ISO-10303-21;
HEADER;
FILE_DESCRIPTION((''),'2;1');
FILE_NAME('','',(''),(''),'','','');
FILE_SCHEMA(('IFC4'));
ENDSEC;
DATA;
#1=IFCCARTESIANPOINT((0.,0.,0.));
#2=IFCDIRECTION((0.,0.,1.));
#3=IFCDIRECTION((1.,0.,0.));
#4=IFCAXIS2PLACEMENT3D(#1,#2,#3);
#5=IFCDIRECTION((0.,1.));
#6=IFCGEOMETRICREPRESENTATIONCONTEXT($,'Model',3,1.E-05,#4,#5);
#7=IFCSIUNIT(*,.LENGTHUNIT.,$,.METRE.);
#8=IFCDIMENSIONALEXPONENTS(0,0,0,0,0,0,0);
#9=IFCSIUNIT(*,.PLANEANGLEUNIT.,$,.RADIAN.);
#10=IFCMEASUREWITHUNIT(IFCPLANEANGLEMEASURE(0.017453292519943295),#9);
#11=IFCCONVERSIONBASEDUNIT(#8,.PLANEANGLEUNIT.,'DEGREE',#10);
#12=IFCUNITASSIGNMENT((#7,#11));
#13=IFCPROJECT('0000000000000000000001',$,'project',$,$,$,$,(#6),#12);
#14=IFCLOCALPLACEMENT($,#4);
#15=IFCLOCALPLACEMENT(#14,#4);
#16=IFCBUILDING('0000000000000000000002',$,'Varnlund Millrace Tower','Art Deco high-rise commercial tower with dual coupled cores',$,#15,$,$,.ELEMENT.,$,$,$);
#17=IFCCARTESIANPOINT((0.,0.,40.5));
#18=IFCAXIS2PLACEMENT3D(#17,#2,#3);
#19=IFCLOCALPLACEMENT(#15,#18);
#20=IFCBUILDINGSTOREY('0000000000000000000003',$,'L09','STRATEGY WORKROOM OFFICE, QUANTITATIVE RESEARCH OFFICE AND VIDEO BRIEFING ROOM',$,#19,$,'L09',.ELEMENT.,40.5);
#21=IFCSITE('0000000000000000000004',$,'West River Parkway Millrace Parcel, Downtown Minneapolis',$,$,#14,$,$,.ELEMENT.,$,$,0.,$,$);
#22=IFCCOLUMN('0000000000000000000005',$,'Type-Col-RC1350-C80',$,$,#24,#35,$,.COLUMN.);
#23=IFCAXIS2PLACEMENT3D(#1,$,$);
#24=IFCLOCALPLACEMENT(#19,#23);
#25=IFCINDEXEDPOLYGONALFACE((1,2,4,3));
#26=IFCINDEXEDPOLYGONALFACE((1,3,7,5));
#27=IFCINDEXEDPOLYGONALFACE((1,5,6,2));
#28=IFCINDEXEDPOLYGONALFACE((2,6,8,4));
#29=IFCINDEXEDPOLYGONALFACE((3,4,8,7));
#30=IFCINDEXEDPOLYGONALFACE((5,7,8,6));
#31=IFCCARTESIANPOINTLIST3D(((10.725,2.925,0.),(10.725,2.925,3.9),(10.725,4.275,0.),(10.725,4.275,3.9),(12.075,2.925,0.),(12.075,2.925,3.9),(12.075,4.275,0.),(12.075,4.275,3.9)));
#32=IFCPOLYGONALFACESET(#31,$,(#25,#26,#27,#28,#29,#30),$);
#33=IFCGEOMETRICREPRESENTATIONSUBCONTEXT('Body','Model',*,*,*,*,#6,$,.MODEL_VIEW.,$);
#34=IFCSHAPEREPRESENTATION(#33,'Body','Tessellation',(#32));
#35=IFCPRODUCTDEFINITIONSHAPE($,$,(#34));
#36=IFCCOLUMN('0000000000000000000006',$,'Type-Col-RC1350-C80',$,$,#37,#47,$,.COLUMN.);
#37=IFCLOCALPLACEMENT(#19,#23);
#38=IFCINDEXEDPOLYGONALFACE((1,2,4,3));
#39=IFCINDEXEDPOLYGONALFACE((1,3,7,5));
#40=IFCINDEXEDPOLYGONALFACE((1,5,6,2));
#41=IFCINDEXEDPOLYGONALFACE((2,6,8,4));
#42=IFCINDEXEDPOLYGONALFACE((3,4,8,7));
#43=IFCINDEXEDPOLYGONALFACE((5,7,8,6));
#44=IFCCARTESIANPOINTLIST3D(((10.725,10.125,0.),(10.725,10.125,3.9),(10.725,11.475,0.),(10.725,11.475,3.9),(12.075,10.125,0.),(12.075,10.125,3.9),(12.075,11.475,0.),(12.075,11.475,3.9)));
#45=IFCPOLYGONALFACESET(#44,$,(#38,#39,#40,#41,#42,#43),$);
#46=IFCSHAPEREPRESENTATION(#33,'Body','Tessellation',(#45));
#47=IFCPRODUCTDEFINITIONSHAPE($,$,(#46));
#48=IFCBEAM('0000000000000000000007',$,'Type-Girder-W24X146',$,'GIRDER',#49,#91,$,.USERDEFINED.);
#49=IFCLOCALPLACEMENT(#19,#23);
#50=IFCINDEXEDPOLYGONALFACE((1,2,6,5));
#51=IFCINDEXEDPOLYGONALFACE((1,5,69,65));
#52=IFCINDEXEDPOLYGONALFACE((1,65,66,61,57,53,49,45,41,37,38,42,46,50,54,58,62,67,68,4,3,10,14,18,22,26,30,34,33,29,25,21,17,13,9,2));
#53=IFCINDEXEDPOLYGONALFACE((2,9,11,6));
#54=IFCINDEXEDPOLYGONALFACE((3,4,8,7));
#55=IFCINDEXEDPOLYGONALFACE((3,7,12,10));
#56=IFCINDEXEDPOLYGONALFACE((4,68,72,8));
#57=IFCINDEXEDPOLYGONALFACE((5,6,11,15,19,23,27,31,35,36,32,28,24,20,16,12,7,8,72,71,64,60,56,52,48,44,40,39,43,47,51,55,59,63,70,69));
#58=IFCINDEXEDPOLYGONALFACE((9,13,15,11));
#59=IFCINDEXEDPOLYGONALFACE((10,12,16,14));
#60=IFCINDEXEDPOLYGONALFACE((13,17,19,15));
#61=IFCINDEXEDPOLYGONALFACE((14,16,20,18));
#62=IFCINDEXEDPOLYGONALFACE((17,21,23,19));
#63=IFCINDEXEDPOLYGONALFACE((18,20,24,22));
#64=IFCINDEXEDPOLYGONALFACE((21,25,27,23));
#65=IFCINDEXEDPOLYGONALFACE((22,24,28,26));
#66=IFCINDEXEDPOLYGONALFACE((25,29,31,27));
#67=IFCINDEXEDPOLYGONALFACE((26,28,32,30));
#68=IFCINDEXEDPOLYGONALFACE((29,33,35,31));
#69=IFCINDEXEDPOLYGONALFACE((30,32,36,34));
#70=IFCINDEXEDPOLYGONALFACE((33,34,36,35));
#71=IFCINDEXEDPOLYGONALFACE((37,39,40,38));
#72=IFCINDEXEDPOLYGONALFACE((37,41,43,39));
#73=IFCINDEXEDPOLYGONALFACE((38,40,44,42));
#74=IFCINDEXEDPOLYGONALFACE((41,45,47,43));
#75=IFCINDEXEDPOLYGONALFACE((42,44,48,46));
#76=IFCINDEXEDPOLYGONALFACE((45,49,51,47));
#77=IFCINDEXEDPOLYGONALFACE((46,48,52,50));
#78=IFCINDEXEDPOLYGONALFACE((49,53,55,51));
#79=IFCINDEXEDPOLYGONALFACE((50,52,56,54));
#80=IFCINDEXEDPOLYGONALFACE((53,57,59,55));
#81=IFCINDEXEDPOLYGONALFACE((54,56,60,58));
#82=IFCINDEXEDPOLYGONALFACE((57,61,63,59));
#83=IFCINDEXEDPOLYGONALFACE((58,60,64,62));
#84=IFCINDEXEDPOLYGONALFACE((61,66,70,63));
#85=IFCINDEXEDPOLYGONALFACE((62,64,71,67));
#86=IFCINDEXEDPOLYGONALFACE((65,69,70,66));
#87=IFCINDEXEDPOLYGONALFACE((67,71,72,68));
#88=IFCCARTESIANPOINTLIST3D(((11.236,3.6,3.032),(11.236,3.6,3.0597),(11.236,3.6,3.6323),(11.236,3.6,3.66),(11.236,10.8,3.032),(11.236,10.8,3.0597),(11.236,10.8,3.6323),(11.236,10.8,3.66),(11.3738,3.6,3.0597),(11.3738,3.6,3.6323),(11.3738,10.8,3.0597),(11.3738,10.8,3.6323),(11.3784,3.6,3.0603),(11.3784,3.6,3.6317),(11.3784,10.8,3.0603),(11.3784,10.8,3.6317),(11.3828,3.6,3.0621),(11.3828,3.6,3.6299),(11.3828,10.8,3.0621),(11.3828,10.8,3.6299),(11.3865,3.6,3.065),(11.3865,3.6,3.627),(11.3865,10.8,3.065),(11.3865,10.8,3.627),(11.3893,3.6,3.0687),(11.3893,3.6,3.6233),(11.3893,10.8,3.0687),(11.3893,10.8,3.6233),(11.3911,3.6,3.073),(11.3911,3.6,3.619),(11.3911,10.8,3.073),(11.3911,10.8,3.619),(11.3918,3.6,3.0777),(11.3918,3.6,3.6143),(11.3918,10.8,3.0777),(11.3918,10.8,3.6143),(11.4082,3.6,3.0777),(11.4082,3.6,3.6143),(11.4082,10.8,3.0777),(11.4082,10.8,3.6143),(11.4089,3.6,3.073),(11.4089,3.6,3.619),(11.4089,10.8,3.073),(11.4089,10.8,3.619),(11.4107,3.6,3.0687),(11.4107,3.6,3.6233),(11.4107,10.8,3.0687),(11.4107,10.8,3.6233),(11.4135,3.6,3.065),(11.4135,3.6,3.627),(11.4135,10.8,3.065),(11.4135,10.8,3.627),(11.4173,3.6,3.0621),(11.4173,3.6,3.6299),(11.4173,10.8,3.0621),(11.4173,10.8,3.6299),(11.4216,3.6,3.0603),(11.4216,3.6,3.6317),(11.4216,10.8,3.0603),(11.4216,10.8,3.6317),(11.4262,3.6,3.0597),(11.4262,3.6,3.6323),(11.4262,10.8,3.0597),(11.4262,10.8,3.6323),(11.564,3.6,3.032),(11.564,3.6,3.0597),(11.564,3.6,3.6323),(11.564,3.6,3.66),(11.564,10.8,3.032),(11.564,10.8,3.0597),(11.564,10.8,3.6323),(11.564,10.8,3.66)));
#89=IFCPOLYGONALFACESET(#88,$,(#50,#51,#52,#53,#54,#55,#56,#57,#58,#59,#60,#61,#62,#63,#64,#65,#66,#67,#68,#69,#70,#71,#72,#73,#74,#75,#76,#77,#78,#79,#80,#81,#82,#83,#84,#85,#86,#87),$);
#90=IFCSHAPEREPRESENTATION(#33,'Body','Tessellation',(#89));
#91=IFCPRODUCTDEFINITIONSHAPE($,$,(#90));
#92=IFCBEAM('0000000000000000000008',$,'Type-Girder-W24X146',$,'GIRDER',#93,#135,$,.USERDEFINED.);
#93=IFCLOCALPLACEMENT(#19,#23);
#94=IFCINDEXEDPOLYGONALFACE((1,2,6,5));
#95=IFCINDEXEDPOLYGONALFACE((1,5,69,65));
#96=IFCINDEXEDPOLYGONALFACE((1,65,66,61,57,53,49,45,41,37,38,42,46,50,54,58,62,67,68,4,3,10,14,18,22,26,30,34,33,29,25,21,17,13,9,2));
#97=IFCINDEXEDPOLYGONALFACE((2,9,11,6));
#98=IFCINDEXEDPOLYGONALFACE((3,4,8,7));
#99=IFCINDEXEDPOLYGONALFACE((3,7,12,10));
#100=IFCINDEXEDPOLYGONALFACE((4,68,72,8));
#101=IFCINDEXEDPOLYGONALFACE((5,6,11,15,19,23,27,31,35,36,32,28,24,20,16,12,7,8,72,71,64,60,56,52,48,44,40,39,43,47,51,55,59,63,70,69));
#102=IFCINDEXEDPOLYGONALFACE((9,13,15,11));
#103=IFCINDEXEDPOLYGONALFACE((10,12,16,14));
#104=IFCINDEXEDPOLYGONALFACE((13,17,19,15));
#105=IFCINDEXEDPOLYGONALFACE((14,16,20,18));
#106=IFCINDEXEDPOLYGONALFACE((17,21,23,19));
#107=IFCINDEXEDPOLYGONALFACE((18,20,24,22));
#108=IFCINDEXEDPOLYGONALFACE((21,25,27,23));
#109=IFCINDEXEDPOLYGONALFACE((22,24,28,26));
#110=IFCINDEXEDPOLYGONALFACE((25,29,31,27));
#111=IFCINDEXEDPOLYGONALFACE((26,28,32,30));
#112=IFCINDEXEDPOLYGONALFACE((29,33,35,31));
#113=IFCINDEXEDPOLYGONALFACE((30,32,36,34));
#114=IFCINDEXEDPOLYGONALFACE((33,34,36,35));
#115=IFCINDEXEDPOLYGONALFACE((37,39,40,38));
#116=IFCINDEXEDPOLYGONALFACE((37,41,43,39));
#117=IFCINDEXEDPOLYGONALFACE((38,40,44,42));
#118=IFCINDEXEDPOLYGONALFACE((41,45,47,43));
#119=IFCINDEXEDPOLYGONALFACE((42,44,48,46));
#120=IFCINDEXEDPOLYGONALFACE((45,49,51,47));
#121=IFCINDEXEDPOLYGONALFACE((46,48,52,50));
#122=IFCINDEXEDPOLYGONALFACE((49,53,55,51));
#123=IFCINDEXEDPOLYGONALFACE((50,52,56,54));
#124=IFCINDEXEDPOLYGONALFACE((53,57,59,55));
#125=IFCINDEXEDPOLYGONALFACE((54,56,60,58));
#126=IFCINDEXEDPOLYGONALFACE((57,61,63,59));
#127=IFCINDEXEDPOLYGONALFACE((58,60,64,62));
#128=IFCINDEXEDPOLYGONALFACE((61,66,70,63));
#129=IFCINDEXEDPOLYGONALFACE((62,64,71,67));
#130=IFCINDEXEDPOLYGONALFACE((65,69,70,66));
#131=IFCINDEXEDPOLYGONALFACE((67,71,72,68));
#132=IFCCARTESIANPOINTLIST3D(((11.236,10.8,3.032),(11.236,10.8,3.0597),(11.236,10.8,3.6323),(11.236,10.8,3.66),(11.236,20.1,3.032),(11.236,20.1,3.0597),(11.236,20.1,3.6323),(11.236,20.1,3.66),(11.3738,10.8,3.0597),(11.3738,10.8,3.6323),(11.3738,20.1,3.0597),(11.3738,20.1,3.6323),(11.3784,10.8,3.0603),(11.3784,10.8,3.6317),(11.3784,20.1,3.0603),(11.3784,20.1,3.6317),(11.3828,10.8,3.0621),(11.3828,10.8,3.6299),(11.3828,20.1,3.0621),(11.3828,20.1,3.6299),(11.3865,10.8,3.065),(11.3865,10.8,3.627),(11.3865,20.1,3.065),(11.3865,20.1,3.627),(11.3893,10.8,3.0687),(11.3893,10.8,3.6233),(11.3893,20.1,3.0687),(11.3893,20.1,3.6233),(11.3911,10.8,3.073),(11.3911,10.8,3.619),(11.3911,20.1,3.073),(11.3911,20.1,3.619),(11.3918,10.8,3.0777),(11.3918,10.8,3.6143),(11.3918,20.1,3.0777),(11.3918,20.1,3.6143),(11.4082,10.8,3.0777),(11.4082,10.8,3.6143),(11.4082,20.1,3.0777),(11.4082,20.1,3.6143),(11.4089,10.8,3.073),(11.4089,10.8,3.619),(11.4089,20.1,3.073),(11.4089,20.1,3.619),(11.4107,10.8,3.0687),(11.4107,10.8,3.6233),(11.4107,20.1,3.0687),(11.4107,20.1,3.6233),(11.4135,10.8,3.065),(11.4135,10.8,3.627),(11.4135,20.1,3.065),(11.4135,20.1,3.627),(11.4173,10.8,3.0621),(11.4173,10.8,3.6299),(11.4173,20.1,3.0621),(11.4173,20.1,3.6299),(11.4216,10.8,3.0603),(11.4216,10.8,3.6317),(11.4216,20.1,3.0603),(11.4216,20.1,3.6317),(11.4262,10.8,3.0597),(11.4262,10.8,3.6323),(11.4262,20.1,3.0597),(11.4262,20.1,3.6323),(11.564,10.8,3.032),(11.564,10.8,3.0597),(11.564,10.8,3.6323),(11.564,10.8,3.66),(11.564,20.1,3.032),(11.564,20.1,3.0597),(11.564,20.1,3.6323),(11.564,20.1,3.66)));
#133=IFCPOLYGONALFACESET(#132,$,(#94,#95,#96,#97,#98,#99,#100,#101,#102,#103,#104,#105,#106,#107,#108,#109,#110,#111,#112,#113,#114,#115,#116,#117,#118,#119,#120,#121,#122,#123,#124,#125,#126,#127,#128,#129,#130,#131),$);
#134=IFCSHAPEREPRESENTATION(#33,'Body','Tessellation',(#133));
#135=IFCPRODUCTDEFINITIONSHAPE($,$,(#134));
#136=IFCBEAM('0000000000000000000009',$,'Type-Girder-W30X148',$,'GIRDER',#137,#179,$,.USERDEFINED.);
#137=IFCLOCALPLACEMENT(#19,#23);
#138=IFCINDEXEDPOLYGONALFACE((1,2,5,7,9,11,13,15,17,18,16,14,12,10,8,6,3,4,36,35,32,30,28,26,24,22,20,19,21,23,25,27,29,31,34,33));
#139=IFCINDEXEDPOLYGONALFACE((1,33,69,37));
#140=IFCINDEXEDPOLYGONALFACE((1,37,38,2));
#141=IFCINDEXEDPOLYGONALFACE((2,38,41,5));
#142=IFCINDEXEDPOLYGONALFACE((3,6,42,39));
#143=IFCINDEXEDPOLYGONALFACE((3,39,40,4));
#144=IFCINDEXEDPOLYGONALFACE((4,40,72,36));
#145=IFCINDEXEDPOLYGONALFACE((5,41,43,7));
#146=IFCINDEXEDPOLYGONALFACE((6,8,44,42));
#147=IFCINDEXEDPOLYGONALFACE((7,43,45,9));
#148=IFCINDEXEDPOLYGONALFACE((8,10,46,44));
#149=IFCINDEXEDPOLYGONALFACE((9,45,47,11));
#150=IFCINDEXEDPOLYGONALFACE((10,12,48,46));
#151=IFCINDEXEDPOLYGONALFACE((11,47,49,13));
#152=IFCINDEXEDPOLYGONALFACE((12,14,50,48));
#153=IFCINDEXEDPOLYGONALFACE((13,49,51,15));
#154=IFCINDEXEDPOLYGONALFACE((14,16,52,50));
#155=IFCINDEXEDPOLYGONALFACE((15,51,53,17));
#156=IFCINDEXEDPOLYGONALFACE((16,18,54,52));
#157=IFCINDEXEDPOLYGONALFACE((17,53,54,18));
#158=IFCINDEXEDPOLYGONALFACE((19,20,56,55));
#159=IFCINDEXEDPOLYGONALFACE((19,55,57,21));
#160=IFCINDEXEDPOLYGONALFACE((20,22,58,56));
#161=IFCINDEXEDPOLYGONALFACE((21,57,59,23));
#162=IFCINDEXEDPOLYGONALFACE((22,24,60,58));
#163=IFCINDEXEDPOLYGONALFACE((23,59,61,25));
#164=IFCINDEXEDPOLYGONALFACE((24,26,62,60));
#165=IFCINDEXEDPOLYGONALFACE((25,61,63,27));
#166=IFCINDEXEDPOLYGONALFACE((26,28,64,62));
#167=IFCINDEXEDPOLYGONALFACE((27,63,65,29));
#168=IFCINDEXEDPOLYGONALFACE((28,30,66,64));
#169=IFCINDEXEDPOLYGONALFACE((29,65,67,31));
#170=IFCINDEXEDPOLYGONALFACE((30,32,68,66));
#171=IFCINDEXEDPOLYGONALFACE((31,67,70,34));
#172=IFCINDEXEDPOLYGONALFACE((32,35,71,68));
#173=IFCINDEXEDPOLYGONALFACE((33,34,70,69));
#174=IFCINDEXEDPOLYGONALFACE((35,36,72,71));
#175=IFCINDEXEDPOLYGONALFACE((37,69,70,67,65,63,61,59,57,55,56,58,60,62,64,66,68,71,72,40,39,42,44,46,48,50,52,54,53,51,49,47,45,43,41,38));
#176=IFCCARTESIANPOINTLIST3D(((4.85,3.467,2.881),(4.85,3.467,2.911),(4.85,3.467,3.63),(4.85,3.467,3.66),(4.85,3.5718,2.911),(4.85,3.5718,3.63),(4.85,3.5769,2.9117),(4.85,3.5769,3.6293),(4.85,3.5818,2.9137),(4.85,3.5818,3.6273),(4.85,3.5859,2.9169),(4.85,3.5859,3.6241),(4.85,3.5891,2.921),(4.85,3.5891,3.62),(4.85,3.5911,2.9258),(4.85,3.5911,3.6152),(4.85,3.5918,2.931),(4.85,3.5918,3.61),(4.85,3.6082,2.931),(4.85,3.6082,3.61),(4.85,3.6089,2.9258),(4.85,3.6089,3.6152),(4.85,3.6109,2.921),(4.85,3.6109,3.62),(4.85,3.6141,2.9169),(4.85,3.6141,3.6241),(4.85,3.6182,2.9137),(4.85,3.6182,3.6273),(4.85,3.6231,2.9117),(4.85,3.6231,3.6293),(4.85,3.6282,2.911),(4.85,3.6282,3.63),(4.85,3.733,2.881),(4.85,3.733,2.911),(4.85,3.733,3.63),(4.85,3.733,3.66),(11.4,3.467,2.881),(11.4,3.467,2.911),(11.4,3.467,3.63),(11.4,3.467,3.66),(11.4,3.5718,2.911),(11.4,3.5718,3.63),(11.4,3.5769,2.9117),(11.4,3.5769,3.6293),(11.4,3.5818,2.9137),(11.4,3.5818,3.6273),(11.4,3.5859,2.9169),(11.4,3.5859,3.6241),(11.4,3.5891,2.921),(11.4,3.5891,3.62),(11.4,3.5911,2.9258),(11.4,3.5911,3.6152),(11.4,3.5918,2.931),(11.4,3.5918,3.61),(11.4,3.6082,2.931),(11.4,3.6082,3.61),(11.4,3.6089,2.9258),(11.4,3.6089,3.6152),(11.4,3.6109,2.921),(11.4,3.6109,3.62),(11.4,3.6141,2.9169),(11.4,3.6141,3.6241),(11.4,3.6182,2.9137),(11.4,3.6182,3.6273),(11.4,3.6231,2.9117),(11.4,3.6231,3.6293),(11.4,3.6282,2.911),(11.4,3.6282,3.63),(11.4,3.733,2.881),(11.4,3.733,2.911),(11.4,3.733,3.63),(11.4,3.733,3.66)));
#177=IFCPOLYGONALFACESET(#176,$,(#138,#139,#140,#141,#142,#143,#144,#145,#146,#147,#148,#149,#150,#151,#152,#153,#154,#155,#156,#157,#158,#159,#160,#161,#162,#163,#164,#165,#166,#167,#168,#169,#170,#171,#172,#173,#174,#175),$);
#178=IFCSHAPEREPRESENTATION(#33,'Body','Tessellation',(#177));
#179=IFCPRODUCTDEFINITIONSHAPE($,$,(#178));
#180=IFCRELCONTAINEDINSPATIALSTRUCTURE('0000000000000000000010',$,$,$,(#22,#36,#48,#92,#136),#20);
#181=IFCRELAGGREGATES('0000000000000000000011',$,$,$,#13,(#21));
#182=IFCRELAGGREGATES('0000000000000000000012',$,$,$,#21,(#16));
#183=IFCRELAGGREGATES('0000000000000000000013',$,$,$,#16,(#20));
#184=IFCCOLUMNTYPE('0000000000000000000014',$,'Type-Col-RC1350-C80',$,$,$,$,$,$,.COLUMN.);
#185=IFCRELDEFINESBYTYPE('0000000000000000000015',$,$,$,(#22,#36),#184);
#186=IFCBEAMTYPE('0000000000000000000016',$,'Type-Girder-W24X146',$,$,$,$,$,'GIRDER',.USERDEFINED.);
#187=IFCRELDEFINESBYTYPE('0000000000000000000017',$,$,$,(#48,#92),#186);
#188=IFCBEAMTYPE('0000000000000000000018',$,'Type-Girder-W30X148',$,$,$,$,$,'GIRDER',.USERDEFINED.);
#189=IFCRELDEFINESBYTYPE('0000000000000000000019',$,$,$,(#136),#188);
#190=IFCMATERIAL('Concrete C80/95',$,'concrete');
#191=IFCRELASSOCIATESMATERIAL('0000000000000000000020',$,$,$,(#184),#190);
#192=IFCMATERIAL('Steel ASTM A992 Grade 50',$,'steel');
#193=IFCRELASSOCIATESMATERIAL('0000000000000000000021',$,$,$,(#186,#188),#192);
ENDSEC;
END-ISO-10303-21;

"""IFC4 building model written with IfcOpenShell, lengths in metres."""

from ifc_helpers import new_model, entity, si_unit, converted_unit, direction, frame, origin_with_axes, origin_2d_with_axis, place, context, subcontext, project, spatial, rectangle, i_section, extrude, material, material_profile, profile_set, type_object, element, save


model = new_model("IFC4")

# Units and contexts
model_context = context("Model", 3, precision=1e-05, world=origin_with_axes(), true_north=direction((0.0, 1.0)))
body_context = subcontext(model_context, "Body", "Model", "MODEL_VIEW")
ifc_project = project(units=[si_unit("LENGTHUNIT", "METRE"), converted_unit("PLANEANGLEUNIT", "DEGREE", entity("IfcPlaneAngleMeasure", 0.017453292519943295), si_unit("PLANEANGLEUNIT", "RADIAN"), dimensions=[0, 0, 0, 0, 0, 0, 0])], contexts=[model_context])

# Site, building, storey
site_placement = place(None, origin_with_axes())
site = spatial("IfcSite", under=ifc_project, at=site_placement, Name="West River Parkway Millrace Parcel, Downtown Minneapolis", CompositionType="ELEMENT", RefElevation=0.0)
building_placement = place(site_placement, origin_with_axes())
building = spatial("IfcBuilding", under=site, at=building_placement, Name="Varnlund Millrace Tower", Description="Art Deco high-rise commercial tower with dual coupled cores", CompositionType="ELEMENT")
storey_placement = place(building_placement, frame((0.0, 0.0, 40.5), z_axis=(0.0, 0.0, 1.0), x_axis=(1.0, 0.0, 0.0)))
storey = spatial("IfcBuildingStorey", under=building, at=storey_placement, Name="L09", Description="STRATEGY WORKROOM OFFICE, QUANTITATIVE RESEARCH OFFICE AND VIDEO BRIEFING ROOM", LongName="L09", CompositionType="ELEMENT", Elevation=40.5)

# Columns
ifc_material_1 = material(Name="Concrete C80/95", Category="concrete")
ifc_material_profile_1 = material_profile(ifc_material_1, rectangle(XDim=1.35, YDim=1.35, at=origin_2d_with_axis()), Name="Concrete C80/95")
ifc_profile_set_1 = profile_set([ifc_material_profile_1], Name="Concrete C80/95")
column_type = type_object("IfcColumnType", Name="Type-Col-RC1350-C80", PredefinedType="COLUMN", material=ifc_profile_set_1)
for number, where, z_axis, x_axis, name in (
    (1, (11.4, 3.6, 0.0), (0.0, 0.0, 1.0), (1.0, 0.0, 0.0), "Type-Col-RC1350-C80"),
    (2, (11.4, 10.8, 0.0), (0.0, 0.0, 1.0), (1.0, 0.0, 0.0), "Type-Col-RC1350-C80"),
):
    element("IfcColumn", number, at=place(storey_placement, frame(where, z_axis=z_axis, x_axis=x_axis)), inside=storey, type_object=column_type, Name=name, PredefinedType="COLUMN", context=body_context, shape_type="SweptSolid", body=[
        extrude(rectangle(XDim=1.35, YDim=1.35, at=origin_2d_with_axis()), origin_with_axes(), (0.0, 0.0, 1.0), 3.9),
    ])

# Beams
ifc_material_2 = material(Name="Steel ASTM A992 Grade 50", Category="steel")
ifc_material_profile_2 = material_profile(ifc_material_2, i_section(OverallWidth=0.328, OverallDepth=0.628, WebThickness=0.0165, FlangeThickness=0.0277, FilletRadius=0.018, at=origin_2d_with_axis()), Name="Steel ASTM A992 Grade 50")
ifc_profile_set_2 = profile_set([ifc_material_profile_2], Name="Steel ASTM A992 Grade 50")
beam_type_1 = type_object("IfcBeamType", Name="Type-Girder-W24X146", ElementType="GIRDER", PredefinedType="USERDEFINED", material=ifc_profile_set_2)
beam_1_placement = place(storey_placement, frame((11.4, 3.6, 3.346), z_axis=(0.0, 1.0, 0.0), x_axis=(-1.0, 0.0, 0.0)))
element("IfcBeam", 3, at=beam_1_placement, inside=storey, type_object=beam_type_1, Name="Type-Girder-W24X146", ObjectType="GIRDER", PredefinedType="USERDEFINED", context=body_context, shape_type="SweptSolid", body=[
    extrude(i_section(OverallWidth=0.328, OverallDepth=0.628, WebThickness=0.0165, FlangeThickness=0.0277, FilletRadius=0.018, at=origin_2d_with_axis()), origin_with_axes(), (0.0, 0.0, 1.0), 7.2),
])
beam_2_placement = place(storey_placement, frame((11.4, 10.8, 3.346), z_axis=(0.0, 1.0, 0.0), x_axis=(-1.0, 0.0, 0.0)))
element("IfcBeam", 4, at=beam_2_placement, inside=storey, type_object=beam_type_1, Name="Type-Girder-W24X146", ObjectType="GIRDER", PredefinedType="USERDEFINED", context=body_context, shape_type="SweptSolid", body=[
    extrude(i_section(OverallWidth=0.328, OverallDepth=0.628, WebThickness=0.0165, FlangeThickness=0.0277, FilletRadius=0.018, at=origin_2d_with_axis()), origin_with_axes(), (0.0, 0.0, 1.0), 9.3),
])
ifc_material_profile_3 = material_profile(ifc_material_2, i_section(OverallWidth=0.266, OverallDepth=0.779, WebThickness=0.0165, FlangeThickness=0.03, FilletRadius=0.02, at=origin_2d_with_axis()), Name="Steel ASTM A992 Grade 50")
ifc_profile_set_3 = profile_set([ifc_material_profile_3], Name="Steel ASTM A992 Grade 50")
beam_type_2 = type_object("IfcBeamType", Name="Type-Girder-W30X148", ElementType="GIRDER", PredefinedType="USERDEFINED", material=ifc_profile_set_3)
beam_3_placement = place(storey_placement, frame((4.85, 3.6, 3.2705), z_axis=(1.0, 0.0, 0.0), x_axis=(0.0, 1.0, 0.0)))
element("IfcBeam", 5, at=beam_3_placement, inside=storey, type_object=beam_type_2, Name="Type-Girder-W30X148", ObjectType="GIRDER", PredefinedType="USERDEFINED", context=body_context, shape_type="SweptSolid", body=[
    extrude(i_section(OverallWidth=0.266, OverallDepth=0.779, WebThickness=0.0165, FlangeThickness=0.03, FilletRadius=0.02, at=origin_2d_with_axis()), origin_with_axes(), (0.0, 0.0, 1.0), 6.55),
])

save(model, "model.ifc")
